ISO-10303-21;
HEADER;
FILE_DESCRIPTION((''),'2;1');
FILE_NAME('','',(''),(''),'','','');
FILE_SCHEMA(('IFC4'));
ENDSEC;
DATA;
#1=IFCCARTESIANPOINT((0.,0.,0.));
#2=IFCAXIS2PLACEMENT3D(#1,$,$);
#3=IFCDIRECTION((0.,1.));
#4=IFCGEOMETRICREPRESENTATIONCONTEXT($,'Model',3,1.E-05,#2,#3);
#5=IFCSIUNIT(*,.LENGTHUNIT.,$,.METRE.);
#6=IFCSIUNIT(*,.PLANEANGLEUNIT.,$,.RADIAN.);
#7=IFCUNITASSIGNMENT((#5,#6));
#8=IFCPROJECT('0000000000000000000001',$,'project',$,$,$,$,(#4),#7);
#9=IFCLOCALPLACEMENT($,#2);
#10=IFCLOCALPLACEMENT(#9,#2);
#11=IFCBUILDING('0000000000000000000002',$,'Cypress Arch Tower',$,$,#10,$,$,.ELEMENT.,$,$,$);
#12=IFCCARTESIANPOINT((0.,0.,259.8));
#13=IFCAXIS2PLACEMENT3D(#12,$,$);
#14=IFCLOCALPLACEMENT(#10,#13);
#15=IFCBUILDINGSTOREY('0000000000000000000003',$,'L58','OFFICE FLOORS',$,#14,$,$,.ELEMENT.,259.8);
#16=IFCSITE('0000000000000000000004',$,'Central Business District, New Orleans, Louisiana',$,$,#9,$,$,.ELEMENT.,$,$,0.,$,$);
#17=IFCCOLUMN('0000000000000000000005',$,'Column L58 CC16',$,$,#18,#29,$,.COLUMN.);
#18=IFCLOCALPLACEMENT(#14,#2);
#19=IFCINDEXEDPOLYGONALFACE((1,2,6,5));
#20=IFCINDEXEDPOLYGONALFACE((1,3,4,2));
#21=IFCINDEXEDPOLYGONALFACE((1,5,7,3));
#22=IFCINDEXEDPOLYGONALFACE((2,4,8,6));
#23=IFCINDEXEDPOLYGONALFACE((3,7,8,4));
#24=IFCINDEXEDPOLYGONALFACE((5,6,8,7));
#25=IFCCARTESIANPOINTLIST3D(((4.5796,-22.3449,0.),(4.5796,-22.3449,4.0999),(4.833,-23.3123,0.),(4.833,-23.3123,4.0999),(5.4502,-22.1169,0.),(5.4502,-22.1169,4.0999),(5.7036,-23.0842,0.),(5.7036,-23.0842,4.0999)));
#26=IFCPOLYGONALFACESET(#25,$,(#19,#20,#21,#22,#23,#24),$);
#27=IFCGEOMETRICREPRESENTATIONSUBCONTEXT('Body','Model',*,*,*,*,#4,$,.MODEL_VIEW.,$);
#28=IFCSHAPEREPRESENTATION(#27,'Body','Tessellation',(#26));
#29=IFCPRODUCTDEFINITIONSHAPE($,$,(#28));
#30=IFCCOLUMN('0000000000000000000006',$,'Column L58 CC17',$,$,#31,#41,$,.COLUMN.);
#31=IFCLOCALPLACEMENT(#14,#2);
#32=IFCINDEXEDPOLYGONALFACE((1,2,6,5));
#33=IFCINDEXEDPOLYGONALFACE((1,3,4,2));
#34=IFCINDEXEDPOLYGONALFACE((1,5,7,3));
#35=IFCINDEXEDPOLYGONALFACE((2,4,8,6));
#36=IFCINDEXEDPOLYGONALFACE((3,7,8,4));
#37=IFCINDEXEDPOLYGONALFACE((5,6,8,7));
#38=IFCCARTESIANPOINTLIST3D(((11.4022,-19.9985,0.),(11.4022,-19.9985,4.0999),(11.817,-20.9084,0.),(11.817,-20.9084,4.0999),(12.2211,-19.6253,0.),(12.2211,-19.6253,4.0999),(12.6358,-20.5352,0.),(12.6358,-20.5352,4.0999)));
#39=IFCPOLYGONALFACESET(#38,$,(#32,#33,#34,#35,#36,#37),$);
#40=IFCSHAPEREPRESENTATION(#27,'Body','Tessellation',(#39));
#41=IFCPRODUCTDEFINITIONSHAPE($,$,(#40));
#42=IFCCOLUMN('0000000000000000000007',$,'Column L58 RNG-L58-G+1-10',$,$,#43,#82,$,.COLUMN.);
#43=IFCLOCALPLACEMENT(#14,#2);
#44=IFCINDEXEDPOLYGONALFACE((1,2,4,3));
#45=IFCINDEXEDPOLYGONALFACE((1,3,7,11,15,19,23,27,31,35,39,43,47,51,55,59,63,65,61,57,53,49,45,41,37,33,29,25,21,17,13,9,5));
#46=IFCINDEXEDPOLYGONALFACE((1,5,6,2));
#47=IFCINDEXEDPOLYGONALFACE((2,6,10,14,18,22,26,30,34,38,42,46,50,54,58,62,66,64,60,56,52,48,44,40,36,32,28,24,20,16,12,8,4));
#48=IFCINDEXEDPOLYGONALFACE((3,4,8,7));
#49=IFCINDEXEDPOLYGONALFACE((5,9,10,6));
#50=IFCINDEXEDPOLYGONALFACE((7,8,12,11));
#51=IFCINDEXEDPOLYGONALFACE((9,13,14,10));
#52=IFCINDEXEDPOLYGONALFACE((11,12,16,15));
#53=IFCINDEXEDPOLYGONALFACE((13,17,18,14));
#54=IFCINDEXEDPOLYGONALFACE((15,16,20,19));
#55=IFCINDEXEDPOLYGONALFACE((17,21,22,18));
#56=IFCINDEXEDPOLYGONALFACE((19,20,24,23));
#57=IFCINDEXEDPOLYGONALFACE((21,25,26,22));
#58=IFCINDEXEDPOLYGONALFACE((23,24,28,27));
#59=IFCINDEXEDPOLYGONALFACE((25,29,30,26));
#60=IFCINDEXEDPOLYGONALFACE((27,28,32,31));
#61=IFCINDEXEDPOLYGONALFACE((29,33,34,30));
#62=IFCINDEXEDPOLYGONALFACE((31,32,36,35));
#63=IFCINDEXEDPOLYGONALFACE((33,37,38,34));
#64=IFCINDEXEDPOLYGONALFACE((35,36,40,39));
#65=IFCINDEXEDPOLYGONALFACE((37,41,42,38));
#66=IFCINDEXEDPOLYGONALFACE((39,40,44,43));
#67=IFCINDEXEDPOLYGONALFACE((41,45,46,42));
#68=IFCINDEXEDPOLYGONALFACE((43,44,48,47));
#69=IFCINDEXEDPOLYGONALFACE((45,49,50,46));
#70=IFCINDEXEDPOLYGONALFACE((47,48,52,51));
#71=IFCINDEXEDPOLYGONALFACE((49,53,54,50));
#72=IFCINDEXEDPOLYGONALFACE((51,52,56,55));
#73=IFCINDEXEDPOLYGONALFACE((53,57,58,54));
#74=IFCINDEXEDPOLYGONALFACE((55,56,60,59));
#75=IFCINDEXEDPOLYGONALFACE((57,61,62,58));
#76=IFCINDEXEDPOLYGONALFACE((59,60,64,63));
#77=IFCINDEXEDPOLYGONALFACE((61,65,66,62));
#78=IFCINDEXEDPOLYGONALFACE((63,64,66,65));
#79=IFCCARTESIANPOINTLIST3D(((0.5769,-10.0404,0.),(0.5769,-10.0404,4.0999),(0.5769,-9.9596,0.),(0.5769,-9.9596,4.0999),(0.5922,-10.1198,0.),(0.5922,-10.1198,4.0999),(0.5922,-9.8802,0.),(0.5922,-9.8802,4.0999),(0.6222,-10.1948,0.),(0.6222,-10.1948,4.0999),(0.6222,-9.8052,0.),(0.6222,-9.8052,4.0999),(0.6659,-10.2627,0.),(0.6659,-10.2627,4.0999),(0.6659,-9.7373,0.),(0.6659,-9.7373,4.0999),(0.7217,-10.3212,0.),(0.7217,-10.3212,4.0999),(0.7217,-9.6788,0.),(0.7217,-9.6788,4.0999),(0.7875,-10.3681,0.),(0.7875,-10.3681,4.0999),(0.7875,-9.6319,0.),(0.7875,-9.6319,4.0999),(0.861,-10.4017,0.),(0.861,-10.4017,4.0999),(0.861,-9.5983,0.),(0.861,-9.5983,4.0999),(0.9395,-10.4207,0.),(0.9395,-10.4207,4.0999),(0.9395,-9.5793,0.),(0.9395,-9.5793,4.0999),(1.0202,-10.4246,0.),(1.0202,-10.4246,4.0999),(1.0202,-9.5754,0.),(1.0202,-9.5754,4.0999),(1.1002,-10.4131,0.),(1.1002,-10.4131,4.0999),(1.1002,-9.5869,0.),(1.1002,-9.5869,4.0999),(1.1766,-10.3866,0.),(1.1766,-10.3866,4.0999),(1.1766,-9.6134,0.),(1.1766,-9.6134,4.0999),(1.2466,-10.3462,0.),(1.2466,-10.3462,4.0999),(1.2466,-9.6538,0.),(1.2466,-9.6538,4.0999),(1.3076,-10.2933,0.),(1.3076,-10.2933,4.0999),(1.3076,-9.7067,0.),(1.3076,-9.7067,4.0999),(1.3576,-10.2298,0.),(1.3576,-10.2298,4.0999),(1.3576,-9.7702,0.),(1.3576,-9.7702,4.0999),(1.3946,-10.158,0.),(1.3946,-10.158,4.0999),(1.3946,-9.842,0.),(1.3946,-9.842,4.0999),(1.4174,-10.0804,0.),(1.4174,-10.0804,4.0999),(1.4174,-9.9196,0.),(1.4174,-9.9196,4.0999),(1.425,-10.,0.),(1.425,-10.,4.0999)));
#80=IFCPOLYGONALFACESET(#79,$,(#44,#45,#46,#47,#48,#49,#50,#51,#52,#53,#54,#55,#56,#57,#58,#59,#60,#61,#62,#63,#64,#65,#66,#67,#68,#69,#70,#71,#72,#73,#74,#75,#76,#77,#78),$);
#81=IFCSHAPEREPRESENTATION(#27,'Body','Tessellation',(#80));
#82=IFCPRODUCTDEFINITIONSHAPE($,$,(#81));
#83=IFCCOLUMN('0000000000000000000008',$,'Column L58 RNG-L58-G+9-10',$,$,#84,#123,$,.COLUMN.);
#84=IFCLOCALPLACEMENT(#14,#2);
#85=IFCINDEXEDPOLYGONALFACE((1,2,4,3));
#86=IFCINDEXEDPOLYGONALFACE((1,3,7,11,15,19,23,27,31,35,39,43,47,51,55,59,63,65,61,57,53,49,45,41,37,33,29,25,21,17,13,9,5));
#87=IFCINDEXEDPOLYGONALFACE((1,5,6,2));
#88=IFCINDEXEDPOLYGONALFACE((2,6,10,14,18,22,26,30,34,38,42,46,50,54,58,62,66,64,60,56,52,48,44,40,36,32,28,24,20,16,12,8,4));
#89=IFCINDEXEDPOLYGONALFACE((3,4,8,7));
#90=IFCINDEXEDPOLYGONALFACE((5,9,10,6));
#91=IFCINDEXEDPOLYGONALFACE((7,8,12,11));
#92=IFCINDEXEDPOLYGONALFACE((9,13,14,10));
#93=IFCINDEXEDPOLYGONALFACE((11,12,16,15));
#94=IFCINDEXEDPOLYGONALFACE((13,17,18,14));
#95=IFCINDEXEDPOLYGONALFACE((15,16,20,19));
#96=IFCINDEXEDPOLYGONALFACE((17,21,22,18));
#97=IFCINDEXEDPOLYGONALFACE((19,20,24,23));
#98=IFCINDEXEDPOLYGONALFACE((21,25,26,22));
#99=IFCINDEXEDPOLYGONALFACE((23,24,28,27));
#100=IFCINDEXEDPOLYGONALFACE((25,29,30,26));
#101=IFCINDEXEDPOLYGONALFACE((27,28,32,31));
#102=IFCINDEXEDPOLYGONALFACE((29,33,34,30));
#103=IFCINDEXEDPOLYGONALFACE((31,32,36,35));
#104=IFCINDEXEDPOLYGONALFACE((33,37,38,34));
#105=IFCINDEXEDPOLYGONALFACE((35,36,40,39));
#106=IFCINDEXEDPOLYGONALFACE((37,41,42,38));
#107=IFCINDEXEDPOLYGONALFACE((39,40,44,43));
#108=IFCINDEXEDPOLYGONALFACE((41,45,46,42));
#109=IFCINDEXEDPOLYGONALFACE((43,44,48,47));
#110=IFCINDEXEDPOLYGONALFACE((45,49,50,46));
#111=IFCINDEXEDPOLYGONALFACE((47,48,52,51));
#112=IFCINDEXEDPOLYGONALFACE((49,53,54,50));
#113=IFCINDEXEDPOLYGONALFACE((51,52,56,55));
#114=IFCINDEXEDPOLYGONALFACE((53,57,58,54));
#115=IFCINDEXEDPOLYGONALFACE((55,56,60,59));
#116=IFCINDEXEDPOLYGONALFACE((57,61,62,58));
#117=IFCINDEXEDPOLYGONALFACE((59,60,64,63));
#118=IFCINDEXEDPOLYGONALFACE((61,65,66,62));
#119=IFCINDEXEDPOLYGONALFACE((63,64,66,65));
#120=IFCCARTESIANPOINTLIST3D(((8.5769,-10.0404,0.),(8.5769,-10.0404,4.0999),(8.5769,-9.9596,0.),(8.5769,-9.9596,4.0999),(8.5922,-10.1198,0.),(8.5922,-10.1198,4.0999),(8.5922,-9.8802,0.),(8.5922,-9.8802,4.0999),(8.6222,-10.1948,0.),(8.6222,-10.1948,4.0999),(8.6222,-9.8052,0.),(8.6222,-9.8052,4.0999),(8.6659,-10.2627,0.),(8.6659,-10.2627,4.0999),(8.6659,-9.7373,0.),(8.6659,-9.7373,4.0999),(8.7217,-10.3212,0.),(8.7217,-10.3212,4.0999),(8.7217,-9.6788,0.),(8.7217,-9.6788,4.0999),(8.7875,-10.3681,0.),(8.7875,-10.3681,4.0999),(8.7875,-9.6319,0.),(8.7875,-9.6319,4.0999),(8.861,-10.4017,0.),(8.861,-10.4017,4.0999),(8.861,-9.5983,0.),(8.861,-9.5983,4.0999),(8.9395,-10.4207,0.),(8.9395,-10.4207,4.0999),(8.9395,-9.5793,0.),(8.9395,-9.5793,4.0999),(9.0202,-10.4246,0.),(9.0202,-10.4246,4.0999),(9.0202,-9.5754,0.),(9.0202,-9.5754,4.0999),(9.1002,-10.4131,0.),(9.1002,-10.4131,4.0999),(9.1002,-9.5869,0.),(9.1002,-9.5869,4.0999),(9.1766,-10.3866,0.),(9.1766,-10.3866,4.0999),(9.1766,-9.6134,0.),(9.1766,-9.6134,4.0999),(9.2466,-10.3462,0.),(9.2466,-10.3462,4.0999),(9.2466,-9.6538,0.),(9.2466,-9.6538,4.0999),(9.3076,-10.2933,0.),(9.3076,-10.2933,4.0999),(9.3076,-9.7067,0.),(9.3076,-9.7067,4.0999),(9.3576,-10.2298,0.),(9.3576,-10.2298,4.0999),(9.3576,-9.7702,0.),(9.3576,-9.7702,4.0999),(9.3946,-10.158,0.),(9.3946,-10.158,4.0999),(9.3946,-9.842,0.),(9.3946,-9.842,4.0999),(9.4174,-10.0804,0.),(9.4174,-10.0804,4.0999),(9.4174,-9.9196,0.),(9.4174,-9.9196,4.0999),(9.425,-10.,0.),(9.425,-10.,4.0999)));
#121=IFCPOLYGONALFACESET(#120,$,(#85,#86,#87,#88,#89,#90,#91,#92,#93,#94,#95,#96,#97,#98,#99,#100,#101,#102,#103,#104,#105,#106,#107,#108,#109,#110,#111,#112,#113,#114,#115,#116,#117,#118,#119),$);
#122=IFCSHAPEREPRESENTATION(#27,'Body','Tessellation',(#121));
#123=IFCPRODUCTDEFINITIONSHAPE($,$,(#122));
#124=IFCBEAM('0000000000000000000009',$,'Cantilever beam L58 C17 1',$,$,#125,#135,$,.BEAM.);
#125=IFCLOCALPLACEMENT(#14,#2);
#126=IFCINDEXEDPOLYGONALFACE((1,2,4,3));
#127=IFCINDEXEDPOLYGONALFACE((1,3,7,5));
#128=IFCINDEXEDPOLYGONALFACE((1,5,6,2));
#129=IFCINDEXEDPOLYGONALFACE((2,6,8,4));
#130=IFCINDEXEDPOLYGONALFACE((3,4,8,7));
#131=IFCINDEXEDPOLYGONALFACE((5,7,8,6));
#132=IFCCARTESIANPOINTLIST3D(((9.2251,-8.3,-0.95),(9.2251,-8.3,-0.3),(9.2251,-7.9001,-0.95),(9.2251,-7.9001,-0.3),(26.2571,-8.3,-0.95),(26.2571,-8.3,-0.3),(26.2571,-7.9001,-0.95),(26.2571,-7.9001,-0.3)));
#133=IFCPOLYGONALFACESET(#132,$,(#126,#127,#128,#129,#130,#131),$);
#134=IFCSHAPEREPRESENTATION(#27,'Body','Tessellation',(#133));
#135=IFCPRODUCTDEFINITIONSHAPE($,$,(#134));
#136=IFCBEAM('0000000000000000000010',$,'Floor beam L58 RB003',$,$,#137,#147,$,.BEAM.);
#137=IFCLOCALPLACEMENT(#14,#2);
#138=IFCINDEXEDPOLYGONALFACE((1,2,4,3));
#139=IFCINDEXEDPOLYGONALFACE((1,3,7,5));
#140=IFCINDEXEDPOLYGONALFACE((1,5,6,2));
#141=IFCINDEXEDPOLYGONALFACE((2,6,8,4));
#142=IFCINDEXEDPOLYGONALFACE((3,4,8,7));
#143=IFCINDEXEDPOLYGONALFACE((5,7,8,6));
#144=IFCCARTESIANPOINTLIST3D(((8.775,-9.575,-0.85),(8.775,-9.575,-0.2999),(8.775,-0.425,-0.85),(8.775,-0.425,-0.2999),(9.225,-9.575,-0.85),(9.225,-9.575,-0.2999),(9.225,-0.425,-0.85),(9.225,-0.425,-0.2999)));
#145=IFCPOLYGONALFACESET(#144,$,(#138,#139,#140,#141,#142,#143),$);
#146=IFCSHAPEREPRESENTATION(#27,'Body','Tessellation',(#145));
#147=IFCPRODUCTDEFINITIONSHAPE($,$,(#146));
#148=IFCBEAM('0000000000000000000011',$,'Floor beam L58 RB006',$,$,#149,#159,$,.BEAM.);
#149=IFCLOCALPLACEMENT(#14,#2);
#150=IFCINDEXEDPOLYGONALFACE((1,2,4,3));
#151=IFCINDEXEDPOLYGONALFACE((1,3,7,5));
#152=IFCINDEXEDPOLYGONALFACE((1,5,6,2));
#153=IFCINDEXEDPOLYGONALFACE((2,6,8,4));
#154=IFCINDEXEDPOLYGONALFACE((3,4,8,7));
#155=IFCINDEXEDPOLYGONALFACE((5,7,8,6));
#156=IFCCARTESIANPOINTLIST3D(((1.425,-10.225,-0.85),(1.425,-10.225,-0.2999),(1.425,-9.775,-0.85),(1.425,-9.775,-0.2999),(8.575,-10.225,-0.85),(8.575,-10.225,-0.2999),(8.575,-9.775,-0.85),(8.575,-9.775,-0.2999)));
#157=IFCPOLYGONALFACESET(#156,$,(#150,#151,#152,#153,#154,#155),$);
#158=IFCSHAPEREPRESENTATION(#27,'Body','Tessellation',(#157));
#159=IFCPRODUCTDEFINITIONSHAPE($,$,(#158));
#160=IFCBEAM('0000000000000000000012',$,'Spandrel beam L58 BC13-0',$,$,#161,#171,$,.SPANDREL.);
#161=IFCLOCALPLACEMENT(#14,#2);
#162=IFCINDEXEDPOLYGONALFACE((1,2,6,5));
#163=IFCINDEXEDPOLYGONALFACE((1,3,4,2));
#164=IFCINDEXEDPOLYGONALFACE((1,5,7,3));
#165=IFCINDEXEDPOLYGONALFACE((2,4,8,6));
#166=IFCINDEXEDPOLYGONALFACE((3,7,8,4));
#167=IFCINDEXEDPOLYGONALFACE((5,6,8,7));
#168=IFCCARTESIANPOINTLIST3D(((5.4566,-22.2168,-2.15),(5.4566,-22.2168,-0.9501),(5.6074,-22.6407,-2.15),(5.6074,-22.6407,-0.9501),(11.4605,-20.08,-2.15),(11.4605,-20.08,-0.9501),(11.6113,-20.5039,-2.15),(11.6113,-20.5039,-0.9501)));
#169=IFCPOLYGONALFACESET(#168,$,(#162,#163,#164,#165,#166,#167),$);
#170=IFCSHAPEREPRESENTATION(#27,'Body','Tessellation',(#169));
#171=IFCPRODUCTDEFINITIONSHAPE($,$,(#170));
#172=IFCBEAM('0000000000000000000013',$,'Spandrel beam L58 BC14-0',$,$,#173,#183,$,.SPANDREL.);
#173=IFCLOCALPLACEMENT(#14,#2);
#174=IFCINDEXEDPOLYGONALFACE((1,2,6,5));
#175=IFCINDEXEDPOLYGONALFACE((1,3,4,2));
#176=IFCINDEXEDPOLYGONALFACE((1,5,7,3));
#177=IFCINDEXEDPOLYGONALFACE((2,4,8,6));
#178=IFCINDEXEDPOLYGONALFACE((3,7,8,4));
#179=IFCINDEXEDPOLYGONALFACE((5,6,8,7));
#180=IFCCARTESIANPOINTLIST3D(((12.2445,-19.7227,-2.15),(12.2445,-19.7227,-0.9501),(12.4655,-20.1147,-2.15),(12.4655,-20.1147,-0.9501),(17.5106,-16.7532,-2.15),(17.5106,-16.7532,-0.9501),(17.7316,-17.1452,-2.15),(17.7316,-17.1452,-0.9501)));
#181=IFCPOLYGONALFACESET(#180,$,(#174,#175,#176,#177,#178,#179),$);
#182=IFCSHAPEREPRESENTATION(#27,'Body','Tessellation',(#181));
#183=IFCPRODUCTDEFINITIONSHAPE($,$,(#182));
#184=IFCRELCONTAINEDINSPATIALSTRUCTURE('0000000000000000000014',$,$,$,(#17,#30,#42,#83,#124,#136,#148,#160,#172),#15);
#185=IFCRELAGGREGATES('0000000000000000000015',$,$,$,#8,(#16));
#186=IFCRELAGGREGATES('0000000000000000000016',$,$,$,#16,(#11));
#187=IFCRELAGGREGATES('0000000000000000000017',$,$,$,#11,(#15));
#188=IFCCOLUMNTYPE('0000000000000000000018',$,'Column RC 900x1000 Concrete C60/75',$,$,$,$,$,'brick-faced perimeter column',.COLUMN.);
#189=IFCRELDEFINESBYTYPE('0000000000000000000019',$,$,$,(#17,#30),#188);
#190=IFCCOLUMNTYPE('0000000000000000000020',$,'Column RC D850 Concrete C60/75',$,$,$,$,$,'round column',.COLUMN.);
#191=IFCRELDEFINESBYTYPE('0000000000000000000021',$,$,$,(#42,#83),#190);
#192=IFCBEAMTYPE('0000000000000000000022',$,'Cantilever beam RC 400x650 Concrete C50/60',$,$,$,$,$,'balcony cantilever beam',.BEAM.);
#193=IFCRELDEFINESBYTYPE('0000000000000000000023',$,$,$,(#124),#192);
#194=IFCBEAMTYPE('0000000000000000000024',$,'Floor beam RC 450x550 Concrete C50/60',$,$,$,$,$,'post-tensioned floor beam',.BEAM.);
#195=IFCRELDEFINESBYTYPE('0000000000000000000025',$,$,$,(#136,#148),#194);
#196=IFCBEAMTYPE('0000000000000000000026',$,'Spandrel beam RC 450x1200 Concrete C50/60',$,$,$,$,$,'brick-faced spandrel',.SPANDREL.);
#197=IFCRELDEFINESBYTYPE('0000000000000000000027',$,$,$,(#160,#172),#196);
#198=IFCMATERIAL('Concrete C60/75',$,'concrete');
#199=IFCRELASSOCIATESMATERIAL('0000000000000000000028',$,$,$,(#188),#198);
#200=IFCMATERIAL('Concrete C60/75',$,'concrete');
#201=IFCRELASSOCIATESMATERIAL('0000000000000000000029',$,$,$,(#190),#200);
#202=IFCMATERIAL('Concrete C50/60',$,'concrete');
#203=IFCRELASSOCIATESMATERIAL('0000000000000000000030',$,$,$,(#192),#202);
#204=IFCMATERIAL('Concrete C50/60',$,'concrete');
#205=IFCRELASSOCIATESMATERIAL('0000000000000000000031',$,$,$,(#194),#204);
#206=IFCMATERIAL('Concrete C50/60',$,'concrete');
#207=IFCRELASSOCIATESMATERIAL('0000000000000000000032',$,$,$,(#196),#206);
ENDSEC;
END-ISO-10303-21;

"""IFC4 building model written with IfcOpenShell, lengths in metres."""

from ifc_helpers import new_model, si_unit, direction, frame, origin, origin_2d, place, context, subcontext, project, spatial, rectangle, circle, extrude, material, material_profile, profile_set, type_object, element, save


model = new_model("IFC4")

# Units and contexts
model_context = context("Model", 3, precision=1e-05, world=origin(), true_north=direction((0.0, 1.0)))
body_context = subcontext(model_context, "Body", "Model", "MODEL_VIEW")
ifc_project = project(units=[si_unit("LENGTHUNIT", "METRE"), si_unit("PLANEANGLEUNIT", "RADIAN")], contexts=[model_context])

# Site, building, storey
site_placement = place(None, origin())
site = spatial("IfcSite", under=ifc_project, at=site_placement, Name="Central Business District, New Orleans, Louisiana", CompositionType="ELEMENT", RefElevation=0.0)
building_placement = place(site_placement, origin())
building = spatial("IfcBuilding", under=site, at=building_placement, Name="Cypress Arch Tower", CompositionType="ELEMENT")
storey_placement = place(building_placement, frame((0.0, 0.0, 259.8)))
storey = spatial("IfcBuildingStorey", under=building, at=storey_placement, Name="L58", Description="OFFICE FLOORS", CompositionType="ELEMENT", Elevation=259.8)

# Columns
ifc_material_1 = material(Name="Concrete C60/75", Category="concrete")
ifc_material_profile_1 = material_profile(ifc_material_1, rectangle(XDim=0.8999, YDim=1.0, at=origin_2d()), Name="RC 900x1000")
ifc_profile_set_1 = profile_set([ifc_material_profile_1], Name="Concrete C60/75")
column_type_1 = type_object("IfcColumnType", Name="Column RC 900x1000 Concrete C60/75", ElementType="brick-faced perimeter column", PredefinedType="COLUMN", material=ifc_profile_set_1)
for number, where, z_axis, x_axis, name in (
    (1, (5.1416, -22.7146, 0.0), (0.0, 0.0, 1.0), (0.967356, 0.253422, 0.0), "Column L58 CC16"),
    (2, (12.019, -20.2668, 0.0), (0.0, 0.0, 1.0), (0.909932, 0.414757, 0.0), "Column L58 CC17"),
):
    element("IfcColumn", number, at=place(storey_placement, frame(where, z_axis=z_axis, x_axis=x_axis)), inside=storey, type_object=column_type_1, Name=name, PredefinedType="COLUMN", context=body_context, shape_type="SweptSolid", body=[
        extrude(rectangle(XDim=0.8999, YDim=1.0, at=origin_2d()), origin(), (0.0, 0.0, 1.0), 4.0999),
    ])
ifc_material_2 = material(Name="Concrete C60/75", Category="concrete")
ifc_material_profile_2 = material_profile(ifc_material_2, circle(Radius=0.425, at=origin_2d()), Name="RC D850")
ifc_profile_set_2 = profile_set([ifc_material_profile_2], Name="Concrete C60/75")
column_type_2 = type_object("IfcColumnType", Name="Column RC D850 Concrete C60/75", ElementType="round column", PredefinedType="COLUMN", material=ifc_profile_set_2)
for number, where, z_axis, x_axis, name in (
    (3, (1.0, -10.0, 0.0), (0.0, 0.0, 1.0), (1.0, 0.0, 0.0), "Column L58 RNG-L58-G+1-10"),
    (4, (9.0, -10.0, 0.0), (0.0, 0.0, 1.0), (1.0, 0.0, 0.0), "Column L58 RNG-L58-G+9-10"),
):
    element("IfcColumn", number, at=place(storey_placement, frame(where, z_axis=z_axis, x_axis=x_axis)), inside=storey, type_object=column_type_2, Name=name, PredefinedType="COLUMN", context=body_context, shape_type="SweptSolid", body=[
        extrude(circle(Radius=0.425, at=origin_2d()), origin(), (0.0, 0.0, 1.0), 4.0999),
    ])

# Beams
ifc_material_3 = material(Name="Concrete C50/60", Category="concrete")
ifc_material_profile_3 = material_profile(ifc_material_3, rectangle(XDim=0.3999, YDim=0.6499, at=origin_2d()), Name="RC 400x650")
ifc_profile_set_3 = profile_set([ifc_material_profile_3], Name="Concrete C50/60")
beam_type_1 = type_object("IfcBeamType", Name="Cantilever beam RC 400x650 Concrete C50/60", ElementType="balcony cantilever beam", PredefinedType="BEAM", material=ifc_profile_set_3)
beam_1_placement = place(storey_placement, frame((9.2251, -8.1001, -0.625), z_axis=(1.0, 0.0, 0.0), x_axis=(0.0, 1.0, 0.0)))
element("IfcBeam", 5, at=beam_1_placement, inside=storey, type_object=beam_type_1, Name="Cantilever beam L58 C17 1", PredefinedType="BEAM", context=body_context, shape_type="SweptSolid", body=[
    extrude(rectangle(XDim=0.3999, YDim=0.6499, at=origin_2d()), origin(), (0.0, 0.0, 1.0), 17.032),
])
ifc_material_4 = material(Name="Concrete C50/60", Category="concrete")
ifc_material_profile_4 = material_profile(ifc_material_4, rectangle(XDim=0.45, YDim=0.55, at=origin_2d()), Name="RC 450x550")
ifc_profile_set_4 = profile_set([ifc_material_profile_4], Name="Concrete C50/60")
beam_type_2 = type_object("IfcBeamType", Name="Floor beam RC 450x550 Concrete C50/60", ElementType="post-tensioned floor beam", PredefinedType="BEAM", material=ifc_profile_set_4)
beam_2_placement = place(storey_placement, frame((9.0, -9.575, -0.575), z_axis=(0.0, 1.0, 0.0), x_axis=(-1.0, 0.0, 0.0)))
element("IfcBeam", 6, at=beam_2_placement, inside=storey, type_object=beam_type_2, Name="Floor beam L58 RB003", PredefinedType="BEAM", context=body_context, shape_type="SweptSolid", body=[
    extrude(rectangle(XDim=0.45, YDim=0.55, at=origin_2d()), origin(), (0.0, 0.0, 1.0), 9.1499),
])
beam_3_placement = place(storey_placement, frame((1.425, -10.0, -0.575), z_axis=(1.0, 0.0, 0.0), x_axis=(0.0, 1.0, 0.0)))
element("IfcBeam", 7, at=beam_3_placement, inside=storey, type_object=beam_type_2, Name="Floor beam L58 RB006", PredefinedType="BEAM", context=body_context, shape_type="SweptSolid", body=[
    extrude(rectangle(XDim=0.45, YDim=0.55, at=origin_2d()), origin(), (0.0, 0.0, 1.0), 7.1499),
])
ifc_material_5 = material(Name="Concrete C50/60", Category="concrete")
ifc_material_profile_5 = material_profile(ifc_material_5, rectangle(XDim=0.45, YDim=1.2, at=origin_2d()), Name="RC 450x1200")
ifc_profile_set_5 = profile_set([ifc_material_profile_5], Name="Concrete C50/60")
beam_type_3 = type_object("IfcBeamType", Name="Spandrel beam RC 450x1200 Concrete C50/60", ElementType="brick-faced spandrel", PredefinedType="SPANDREL", material=ifc_profile_set_5)
beam_4_placement = place(storey_placement, frame((5.532, -22.4287, -1.55), z_axis=(0.942116, 0.335288, 0.0), x_axis=(-0.335288, 0.942116, 0.0)))
element("IfcBeam", 8, at=beam_4_placement, inside=storey, type_object=beam_type_3, Name="Spandrel beam L58 BC13-0", PredefinedType="SPANDREL", context=body_context, shape_type="SweptSolid", body=[
    extrude(rectangle(XDim=0.45, YDim=1.2, at=origin_2d()), origin(), (0.0, 0.0, 1.0), 6.3728),
])
beam_5_placement = place(storey_placement, frame((12.355, -19.9187, -1.55), z_axis=(0.87106, 0.491177, 0.0), x_axis=(-0.491177, 0.87106, 0.0)))
element("IfcBeam", 9, at=beam_5_placement, inside=storey, type_object=beam_type_3, Name="Spandrel beam L58 BC14-0", PredefinedType="SPANDREL", context=body_context, shape_type="SweptSolid", body=[
    extrude(rectangle(XDim=0.45, YDim=1.2, at=origin_2d()), origin(), (0.0, 0.0, 1.0), 6.0457),
])

save(model, "model.ifc")
